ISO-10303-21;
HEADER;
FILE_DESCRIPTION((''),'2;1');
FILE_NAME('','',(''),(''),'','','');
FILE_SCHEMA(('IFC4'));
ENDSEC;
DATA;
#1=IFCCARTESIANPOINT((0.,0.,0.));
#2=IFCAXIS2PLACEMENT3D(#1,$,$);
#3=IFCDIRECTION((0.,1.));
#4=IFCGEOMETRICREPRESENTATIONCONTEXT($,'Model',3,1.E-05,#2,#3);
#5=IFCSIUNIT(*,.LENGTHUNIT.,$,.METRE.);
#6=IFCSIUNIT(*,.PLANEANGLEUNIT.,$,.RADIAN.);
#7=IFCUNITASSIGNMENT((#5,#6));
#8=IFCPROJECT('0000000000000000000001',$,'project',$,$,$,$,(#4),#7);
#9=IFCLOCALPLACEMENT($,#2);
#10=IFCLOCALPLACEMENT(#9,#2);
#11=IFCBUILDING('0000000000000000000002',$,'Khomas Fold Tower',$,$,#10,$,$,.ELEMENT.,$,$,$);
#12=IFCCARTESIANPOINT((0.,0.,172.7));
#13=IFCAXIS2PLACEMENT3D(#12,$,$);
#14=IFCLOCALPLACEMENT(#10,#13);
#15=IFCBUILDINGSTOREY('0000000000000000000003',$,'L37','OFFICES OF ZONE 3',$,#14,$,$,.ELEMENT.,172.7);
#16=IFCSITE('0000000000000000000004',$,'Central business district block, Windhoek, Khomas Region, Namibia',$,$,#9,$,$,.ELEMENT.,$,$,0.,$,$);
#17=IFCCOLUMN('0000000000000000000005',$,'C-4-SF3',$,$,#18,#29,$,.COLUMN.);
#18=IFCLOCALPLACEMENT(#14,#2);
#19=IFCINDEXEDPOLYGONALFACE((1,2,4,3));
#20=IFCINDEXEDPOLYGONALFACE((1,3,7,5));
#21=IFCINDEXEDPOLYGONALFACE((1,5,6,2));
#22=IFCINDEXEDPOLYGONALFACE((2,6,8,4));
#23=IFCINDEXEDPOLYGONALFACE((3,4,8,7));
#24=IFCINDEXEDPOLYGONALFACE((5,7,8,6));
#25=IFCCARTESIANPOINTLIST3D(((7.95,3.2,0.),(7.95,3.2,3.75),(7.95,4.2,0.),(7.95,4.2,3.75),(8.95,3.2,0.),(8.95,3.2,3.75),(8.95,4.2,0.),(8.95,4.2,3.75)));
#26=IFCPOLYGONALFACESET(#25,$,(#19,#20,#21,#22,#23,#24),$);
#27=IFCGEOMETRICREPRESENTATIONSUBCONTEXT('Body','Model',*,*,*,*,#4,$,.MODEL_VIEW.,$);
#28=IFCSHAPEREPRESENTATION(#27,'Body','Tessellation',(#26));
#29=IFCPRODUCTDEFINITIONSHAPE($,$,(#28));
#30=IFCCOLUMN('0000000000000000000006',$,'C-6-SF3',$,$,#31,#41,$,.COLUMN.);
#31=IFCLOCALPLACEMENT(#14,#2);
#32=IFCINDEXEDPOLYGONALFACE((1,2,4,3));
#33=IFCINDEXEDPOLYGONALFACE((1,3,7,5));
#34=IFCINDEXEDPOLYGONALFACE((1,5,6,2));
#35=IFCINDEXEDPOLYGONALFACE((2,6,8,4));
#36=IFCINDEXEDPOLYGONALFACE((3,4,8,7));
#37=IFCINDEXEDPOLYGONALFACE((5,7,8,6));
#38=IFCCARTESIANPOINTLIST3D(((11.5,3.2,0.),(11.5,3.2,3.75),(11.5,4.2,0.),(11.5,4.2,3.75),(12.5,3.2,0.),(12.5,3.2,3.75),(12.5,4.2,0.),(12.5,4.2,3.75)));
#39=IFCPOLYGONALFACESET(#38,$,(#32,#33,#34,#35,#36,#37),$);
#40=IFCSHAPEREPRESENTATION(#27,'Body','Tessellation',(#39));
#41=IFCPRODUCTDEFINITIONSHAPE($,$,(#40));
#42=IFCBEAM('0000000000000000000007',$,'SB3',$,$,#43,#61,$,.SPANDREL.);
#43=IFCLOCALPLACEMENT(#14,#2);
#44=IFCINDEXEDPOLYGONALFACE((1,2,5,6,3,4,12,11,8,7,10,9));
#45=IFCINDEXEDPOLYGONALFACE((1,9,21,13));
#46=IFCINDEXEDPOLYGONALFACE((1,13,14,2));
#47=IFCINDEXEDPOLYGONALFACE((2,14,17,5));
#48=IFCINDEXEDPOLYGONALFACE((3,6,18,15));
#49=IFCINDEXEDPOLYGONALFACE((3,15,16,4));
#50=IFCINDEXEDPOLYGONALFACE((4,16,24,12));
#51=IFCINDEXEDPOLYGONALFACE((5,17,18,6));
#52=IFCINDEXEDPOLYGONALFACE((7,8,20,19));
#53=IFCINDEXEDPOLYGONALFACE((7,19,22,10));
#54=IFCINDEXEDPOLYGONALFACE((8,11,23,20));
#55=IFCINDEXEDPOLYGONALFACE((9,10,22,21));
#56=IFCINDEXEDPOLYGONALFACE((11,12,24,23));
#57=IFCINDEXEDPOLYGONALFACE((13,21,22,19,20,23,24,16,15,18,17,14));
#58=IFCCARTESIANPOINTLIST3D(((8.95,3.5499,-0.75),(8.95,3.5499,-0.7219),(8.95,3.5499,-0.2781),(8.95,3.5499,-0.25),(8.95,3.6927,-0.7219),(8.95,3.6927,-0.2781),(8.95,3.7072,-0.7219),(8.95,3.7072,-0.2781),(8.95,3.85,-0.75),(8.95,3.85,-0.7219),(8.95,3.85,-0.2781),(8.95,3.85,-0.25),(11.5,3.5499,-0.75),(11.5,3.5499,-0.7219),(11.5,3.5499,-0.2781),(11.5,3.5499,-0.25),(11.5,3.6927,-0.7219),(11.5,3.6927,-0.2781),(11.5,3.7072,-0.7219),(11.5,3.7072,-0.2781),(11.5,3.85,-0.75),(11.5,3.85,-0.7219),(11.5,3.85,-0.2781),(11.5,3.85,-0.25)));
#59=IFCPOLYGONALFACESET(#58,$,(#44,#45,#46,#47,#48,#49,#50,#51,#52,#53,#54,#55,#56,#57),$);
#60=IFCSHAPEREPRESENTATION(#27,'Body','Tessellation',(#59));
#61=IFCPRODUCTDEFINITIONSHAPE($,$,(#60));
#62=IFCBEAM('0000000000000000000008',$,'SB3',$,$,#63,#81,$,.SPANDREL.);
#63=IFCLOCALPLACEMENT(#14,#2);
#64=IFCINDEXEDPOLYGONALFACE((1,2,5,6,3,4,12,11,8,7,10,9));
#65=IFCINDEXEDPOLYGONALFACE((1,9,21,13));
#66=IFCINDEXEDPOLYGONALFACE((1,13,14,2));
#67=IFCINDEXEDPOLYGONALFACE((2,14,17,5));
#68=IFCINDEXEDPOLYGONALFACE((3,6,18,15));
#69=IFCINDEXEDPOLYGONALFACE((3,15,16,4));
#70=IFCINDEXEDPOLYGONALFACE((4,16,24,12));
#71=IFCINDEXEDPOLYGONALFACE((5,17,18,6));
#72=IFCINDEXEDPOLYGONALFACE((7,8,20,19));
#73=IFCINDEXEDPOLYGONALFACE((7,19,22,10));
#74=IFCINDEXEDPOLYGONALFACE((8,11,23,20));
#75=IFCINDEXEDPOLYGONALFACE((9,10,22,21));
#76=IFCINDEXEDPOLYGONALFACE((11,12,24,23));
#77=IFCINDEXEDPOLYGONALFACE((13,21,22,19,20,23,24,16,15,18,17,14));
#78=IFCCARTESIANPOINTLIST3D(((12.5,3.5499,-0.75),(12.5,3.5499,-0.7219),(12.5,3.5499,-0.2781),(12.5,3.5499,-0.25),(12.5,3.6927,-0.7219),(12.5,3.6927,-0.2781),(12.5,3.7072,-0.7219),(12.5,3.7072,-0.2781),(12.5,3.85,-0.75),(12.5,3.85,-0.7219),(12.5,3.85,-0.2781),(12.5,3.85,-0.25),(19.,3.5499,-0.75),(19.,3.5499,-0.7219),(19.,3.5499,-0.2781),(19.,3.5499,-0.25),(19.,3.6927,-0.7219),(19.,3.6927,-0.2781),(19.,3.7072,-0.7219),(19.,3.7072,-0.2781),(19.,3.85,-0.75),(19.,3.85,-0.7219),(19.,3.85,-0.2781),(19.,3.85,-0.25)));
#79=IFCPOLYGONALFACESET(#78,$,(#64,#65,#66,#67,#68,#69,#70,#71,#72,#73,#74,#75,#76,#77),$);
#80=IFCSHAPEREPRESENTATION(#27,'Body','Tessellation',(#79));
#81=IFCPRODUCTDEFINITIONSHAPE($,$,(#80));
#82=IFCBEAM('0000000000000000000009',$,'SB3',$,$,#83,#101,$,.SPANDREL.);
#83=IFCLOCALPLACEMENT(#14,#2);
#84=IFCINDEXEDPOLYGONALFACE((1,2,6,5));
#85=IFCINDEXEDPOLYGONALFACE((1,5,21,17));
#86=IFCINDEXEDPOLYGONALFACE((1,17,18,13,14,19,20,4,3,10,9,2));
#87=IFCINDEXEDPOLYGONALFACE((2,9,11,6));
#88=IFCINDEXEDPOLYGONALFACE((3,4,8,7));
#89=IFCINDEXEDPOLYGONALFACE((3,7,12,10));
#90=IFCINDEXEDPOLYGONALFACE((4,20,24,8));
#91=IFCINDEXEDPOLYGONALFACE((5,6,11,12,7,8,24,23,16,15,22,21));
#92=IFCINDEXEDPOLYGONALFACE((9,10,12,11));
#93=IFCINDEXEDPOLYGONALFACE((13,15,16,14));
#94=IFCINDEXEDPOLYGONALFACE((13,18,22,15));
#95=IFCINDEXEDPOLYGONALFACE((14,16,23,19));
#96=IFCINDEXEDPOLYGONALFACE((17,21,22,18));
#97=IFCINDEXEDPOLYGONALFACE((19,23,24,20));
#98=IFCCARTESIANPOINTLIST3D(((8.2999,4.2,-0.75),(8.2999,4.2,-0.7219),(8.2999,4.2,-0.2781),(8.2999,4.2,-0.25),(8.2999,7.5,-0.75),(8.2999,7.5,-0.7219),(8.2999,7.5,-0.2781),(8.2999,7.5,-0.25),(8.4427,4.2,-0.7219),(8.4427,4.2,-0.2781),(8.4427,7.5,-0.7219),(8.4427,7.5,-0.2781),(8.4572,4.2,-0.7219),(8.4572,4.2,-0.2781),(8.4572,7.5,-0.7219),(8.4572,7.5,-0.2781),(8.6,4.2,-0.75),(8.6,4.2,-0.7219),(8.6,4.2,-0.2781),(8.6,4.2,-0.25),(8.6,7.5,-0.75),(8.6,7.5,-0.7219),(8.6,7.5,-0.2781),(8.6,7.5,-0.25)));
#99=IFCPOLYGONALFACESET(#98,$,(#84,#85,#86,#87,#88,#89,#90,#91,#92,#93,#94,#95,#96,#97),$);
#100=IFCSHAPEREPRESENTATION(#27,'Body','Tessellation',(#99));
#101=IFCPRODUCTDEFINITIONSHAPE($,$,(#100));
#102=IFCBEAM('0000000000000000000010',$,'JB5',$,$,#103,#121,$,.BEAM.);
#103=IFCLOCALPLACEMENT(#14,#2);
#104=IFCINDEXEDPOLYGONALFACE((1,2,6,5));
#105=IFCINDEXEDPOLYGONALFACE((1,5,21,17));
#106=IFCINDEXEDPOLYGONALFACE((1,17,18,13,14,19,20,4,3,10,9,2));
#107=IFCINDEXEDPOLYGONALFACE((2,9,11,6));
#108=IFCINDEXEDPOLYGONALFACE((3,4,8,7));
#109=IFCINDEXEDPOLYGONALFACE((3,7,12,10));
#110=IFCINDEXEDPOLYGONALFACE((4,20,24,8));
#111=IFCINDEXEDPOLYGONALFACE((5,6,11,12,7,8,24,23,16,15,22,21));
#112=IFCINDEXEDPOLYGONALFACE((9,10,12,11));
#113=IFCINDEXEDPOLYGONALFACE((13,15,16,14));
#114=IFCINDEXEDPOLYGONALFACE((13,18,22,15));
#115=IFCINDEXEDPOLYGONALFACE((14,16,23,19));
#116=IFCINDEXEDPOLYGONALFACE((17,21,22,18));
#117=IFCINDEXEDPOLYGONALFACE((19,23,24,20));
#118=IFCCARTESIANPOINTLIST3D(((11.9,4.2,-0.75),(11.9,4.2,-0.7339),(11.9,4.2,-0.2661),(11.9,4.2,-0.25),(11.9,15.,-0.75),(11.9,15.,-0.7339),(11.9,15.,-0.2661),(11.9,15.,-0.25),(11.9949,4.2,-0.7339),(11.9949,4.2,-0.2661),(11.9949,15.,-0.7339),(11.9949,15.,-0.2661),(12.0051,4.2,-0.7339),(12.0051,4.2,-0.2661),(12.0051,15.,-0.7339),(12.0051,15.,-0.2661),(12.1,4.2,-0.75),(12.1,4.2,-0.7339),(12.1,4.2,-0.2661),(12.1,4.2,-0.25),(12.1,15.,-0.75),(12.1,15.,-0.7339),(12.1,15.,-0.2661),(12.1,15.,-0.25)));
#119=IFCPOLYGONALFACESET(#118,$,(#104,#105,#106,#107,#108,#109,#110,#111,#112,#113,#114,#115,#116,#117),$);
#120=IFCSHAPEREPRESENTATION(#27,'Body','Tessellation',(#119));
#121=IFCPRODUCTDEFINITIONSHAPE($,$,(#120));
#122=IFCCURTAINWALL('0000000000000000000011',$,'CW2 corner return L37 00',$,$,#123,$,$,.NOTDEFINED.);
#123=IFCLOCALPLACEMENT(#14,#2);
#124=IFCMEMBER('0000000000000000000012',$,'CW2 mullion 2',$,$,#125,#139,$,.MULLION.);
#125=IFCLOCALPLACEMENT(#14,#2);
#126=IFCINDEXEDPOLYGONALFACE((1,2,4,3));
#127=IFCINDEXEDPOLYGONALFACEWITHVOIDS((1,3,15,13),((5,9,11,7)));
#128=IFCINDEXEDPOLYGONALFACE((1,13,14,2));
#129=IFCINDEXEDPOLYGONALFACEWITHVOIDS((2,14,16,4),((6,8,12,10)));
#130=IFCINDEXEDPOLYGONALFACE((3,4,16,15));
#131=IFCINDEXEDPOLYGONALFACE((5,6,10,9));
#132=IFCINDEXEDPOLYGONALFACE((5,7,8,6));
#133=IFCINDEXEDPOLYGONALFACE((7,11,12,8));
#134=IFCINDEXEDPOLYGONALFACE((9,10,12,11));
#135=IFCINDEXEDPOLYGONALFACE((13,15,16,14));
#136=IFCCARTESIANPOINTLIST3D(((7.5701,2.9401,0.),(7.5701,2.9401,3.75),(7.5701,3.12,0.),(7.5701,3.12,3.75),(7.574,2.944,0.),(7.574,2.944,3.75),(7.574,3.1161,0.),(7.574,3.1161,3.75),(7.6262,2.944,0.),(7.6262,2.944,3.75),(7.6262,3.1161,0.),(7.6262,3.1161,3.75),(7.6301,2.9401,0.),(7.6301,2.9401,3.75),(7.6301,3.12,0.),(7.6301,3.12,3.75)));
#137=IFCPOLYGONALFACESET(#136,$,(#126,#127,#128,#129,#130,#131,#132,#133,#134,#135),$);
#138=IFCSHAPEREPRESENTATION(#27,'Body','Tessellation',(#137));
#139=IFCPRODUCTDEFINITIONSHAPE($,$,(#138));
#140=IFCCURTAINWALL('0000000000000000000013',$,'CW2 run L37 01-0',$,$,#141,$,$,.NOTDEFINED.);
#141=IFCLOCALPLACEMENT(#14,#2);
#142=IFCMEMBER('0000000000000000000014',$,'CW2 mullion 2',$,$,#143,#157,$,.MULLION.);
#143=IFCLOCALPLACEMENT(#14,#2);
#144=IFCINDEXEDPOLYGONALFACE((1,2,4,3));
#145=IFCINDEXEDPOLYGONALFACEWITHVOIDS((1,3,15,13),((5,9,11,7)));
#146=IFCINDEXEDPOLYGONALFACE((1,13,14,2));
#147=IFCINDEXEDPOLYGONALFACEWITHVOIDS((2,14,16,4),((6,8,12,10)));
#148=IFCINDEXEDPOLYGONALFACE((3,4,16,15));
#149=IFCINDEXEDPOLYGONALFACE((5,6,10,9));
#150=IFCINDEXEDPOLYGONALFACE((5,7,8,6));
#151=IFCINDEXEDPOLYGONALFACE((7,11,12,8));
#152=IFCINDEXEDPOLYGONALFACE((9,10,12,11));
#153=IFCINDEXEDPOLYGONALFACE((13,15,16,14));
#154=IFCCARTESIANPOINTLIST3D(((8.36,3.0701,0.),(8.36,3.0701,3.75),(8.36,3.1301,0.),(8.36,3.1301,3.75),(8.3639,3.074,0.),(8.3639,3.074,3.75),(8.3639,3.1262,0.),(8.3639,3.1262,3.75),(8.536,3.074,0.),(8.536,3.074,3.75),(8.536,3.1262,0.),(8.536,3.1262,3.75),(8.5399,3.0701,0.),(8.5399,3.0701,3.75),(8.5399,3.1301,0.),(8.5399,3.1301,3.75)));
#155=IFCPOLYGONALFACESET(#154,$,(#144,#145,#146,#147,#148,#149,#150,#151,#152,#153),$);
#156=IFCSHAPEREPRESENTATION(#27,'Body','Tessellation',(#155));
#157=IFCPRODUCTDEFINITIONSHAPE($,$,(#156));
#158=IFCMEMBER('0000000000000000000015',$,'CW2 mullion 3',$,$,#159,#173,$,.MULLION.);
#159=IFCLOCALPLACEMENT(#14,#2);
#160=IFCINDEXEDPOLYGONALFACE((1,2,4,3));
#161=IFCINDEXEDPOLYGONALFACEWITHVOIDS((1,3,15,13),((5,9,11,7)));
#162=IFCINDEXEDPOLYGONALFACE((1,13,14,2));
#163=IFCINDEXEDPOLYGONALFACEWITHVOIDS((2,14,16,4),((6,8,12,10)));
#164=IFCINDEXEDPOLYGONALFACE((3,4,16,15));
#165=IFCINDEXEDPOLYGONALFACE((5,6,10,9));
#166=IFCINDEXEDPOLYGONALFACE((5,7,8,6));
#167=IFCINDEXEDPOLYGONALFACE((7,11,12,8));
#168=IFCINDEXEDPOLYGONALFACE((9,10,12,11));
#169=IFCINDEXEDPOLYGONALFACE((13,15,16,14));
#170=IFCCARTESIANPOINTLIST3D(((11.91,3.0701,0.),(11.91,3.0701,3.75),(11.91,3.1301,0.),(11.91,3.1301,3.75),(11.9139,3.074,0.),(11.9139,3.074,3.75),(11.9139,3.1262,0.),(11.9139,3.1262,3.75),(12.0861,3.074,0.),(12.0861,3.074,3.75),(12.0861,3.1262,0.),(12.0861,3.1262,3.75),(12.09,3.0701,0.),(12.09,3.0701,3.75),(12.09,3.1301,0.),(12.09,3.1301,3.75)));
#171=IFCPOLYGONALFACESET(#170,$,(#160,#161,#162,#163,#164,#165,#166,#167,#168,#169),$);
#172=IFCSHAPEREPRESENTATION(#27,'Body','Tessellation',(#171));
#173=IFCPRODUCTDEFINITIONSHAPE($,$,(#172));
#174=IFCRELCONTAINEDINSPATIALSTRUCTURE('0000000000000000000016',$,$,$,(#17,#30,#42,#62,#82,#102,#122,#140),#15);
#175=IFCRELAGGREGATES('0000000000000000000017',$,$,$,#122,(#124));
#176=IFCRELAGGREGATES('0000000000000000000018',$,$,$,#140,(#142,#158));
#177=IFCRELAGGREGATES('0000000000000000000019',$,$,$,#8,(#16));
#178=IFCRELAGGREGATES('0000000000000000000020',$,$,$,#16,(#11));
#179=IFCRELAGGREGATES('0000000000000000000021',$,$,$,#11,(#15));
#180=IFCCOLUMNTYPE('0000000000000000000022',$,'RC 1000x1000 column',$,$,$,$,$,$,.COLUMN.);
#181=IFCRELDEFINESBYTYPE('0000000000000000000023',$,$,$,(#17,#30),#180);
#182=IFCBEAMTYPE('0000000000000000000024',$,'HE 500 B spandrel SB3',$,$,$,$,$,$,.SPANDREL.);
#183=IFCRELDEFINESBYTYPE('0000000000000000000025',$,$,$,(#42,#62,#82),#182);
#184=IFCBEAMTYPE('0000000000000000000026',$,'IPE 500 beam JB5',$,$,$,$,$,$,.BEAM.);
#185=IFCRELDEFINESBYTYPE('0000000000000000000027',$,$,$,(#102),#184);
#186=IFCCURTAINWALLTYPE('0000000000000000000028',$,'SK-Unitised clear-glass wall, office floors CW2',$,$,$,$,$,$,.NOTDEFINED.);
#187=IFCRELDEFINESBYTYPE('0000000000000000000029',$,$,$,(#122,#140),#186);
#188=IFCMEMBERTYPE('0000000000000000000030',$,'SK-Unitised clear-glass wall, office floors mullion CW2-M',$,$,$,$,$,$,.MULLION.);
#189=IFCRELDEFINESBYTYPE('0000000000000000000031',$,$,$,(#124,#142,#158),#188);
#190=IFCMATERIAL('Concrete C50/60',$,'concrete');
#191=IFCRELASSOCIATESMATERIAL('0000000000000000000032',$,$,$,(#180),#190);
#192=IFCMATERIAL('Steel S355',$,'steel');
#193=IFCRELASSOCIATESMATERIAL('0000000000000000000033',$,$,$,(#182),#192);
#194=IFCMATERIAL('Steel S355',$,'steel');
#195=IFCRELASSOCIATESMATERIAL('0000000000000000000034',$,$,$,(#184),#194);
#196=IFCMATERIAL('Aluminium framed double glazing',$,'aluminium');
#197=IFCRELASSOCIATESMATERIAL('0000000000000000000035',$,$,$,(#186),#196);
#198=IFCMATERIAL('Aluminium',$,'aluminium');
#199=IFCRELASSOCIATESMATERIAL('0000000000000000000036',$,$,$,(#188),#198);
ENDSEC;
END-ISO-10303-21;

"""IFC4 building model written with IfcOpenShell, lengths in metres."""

from ifc_helpers import new_model, si_unit, direction, frame, origin, origin_2d, place, context, subcontext, project, spatial, rectangle, hollow_rectangle, i_section, extrude, source, transform, mapped, material, material_profile, profile_set, type_object, element, aggregate, save


model = new_model("IFC4")

# Units and contexts
model_context = context("Model", 3, precision=1e-05, world=origin(), true_north=direction((0.0, 1.0)))
body_context = subcontext(model_context, "Body", "Model", "MODEL_VIEW")
ifc_project = project(units=[si_unit("LENGTHUNIT", "METRE"), si_unit("PLANEANGLEUNIT", "RADIAN")], contexts=[model_context])

# Site, building, storey
site_placement = place(None, origin())
site = spatial("IfcSite", under=ifc_project, at=site_placement, Name="Central business district block, Windhoek, Khomas Region, Namibia", CompositionType="ELEMENT", RefElevation=0.0)
building_placement = place(site_placement, origin())
building = spatial("IfcBuilding", under=site, at=building_placement, Name="Khomas Fold Tower", CompositionType="ELEMENT")
storey_placement = place(building_placement, frame((0.0, 0.0, 172.7)))
storey = spatial("IfcBuildingStorey", under=building, at=storey_placement, Name="L37", Description="OFFICES OF ZONE 3", CompositionType="ELEMENT", Elevation=172.7)

# Columns
ifc_material_1 = material(Name="Concrete C50/60", Category="concrete")
ifc_material_profile_1 = material_profile(ifc_material_1, rectangle(XDim=1.0, YDim=1.0, at=origin_2d()), Name="RC 1000x1000")
ifc_profile_set_1 = profile_set([ifc_material_profile_1], Name="Concrete C50/60")
column_type = type_object("IfcColumnType", Name="RC 1000x1000 column", PredefinedType="COLUMN", material=ifc_profile_set_1)
shared_shape_1 = source(origin(), body_context, "Body", "SweptSolid", [
    extrude(rectangle(XDim=1.0, YDim=1.0, at=origin_2d()), origin(), (0.0, 0.0, 1.0), 3.75),
])
for number, where, z_axis, x_axis, name in (
    (1, (8.45, 3.7, 0.0), (0.0, 0.0, 1.0), (1.0, 0.0, 0.0), "C-4-SF3"),
    (2, (12.0, 3.7, 0.0), (0.0, 0.0, 1.0), (1.0, 0.0, 0.0), "C-6-SF3"),
):
    element("IfcColumn", number, at=place(storey_placement, frame(where, z_axis=z_axis, x_axis=x_axis)), inside=storey, type_object=column_type, Name=name, PredefinedType="COLUMN", context=body_context, shape_type="MappedRepresentation", body=[
        mapped(shared_shape_1, transform((0.0, 0.0, 0.0))),
    ])

# Beams
ifc_material_2 = material(Name="Steel S355", Category="steel")
ifc_material_profile_2 = material_profile(ifc_material_2, i_section(OverallWidth=0.3, OverallDepth=0.5, WebThickness=0.0144, FlangeThickness=0.0281, at=origin_2d()), Name="HE 500 B")
ifc_profile_set_2 = profile_set([ifc_material_profile_2], Name="Steel S355")
beam_type_1 = type_object("IfcBeamType", Name="HE 500 B spandrel SB3", PredefinedType="SPANDREL", material=ifc_profile_set_2)
shared_shape_2 = source(origin(), body_context, "Body", "SweptSolid", [
    extrude(i_section(OverallWidth=0.3, OverallDepth=0.5, WebThickness=0.0144, FlangeThickness=0.0281, at=origin_2d()), origin(), (0.0, 0.0, 1.0), 2.55),
])
beam_1_placement = place(storey_placement, frame((8.95, 3.7, -0.5), z_axis=(1.0, 0.0, 0.0), x_axis=(0.0, 1.0, 0.0)))
element("IfcBeam", 3, at=beam_1_placement, inside=storey, type_object=beam_type_1, Name="SB3", PredefinedType="SPANDREL", context=body_context, shape_type="MappedRepresentation", body=[
    mapped(shared_shape_2, transform((0.0, 0.0, 0.0))),
])
shared_shape_3 = source(origin(), body_context, "Body", "SweptSolid", [
    extrude(i_section(OverallWidth=0.3, OverallDepth=0.5, WebThickness=0.0144, FlangeThickness=0.0281, at=origin_2d()), origin(), (0.0, 0.0, 1.0), 6.5),
])
beam_2_placement = place(storey_placement, frame((12.5, 3.7, -0.5), z_axis=(1.0, 0.0, 0.0), x_axis=(0.0, 1.0, 0.0)))
element("IfcBeam", 4, at=beam_2_placement, inside=storey, type_object=beam_type_1, Name="SB3", PredefinedType="SPANDREL", context=body_context, shape_type="MappedRepresentation", body=[
    mapped(shared_shape_3, transform((0.0, 0.0, 0.0))),
])
shared_shape_4 = source(origin(), body_context, "Body", "SweptSolid", [
    extrude(i_section(OverallWidth=0.3, OverallDepth=0.5, WebThickness=0.0144, FlangeThickness=0.0281, at=origin_2d()), origin(), (0.0, 0.0, 1.0), 3.3),
])
beam_3_placement = place(storey_placement, frame((8.45, 4.2, -0.5), z_axis=(0.0, 1.0, 0.0), x_axis=(-1.0, 0.0, 0.0)))
element("IfcBeam", 5, at=beam_3_placement, inside=storey, type_object=beam_type_1, Name="SB3", PredefinedType="SPANDREL", context=body_context, shape_type="MappedRepresentation", body=[
    mapped(shared_shape_4, transform((0.0, 0.0, 0.0))),
])
ifc_material_3 = material(Name="Steel S355", Category="steel")
ifc_material_profile_3 = material_profile(ifc_material_3, i_section(OverallWidth=0.2, OverallDepth=0.5, WebThickness=0.0103, FlangeThickness=0.0161, at=origin_2d()), Name="IPE 500")
ifc_profile_set_3 = profile_set([ifc_material_profile_3], Name="Steel S355")
beam_type_2 = type_object("IfcBeamType", Name="IPE 500 beam JB5", PredefinedType="BEAM", material=ifc_profile_set_3)
shared_shape_5 = source(origin(), body_context, "Body", "SweptSolid", [
    extrude(i_section(OverallWidth=0.2, OverallDepth=0.5, WebThickness=0.0103, FlangeThickness=0.0161, at=origin_2d()), origin(), (0.0, 0.0, 1.0), 10.8),
])
beam_4_placement = place(storey_placement, frame((12.0, 4.2, -0.5), z_axis=(0.0, 1.0, 0.0), x_axis=(-1.0, 0.0, 0.0)))
element("IfcBeam", 6, at=beam_4_placement, inside=storey, type_object=beam_type_2, Name="JB5", PredefinedType="BEAM", context=body_context, shape_type="MappedRepresentation", body=[
    mapped(shared_shape_5, transform((0.0, 0.0, 0.0))),
])

# Curtain wall, member
ifc_material_4 = material(Name="Aluminium framed double glazing", Category="aluminium")
curtain_wall_type = type_object("IfcCurtainWallType", Name="SK-Unitised clear-glass wall, office floors CW2", PredefinedType="NOTDEFINED", material=ifc_material_4)
curtain_wall_1_placement = place(storey_placement, origin())
curtain_wall_1 = element("IfcCurtainWall", 7, at=curtain_wall_1_placement, inside=storey, type_object=curtain_wall_type, Name="CW2 corner return L37 00", PredefinedType="NOTDEFINED")
ifc_material_5 = material(Name="Aluminium", Category="aluminium")
ifc_material_profile_4 = material_profile(ifc_material_5, hollow_rectangle(XDim=0.0601, YDim=0.1799, WallThickness=0.0039, at=origin_2d()), Name="SK-Unitised clear-glass wall, office floors mullion CW2-M")
ifc_profile_set_4 = profile_set([ifc_material_profile_4], Name="Aluminium")
member_type_1 = type_object("IfcMemberType", Name="SK-Unitised clear-glass wall, office floors mullion CW2-M", PredefinedType="MULLION", material=ifc_profile_set_4)
shared_shape_6 = source(origin(), body_context, "Body", "SweptSolid", [
    extrude(hollow_rectangle(XDim=0.0601, YDim=0.1799, WallThickness=0.0039, at=origin_2d()), origin(), (0.0, 0.0, 1.0), 3.75),
])
member_1_placement = place(storey_placement, frame((7.6001, 3.03, 0.0), z_axis=(0.0, 0.0, 1.0), x_axis=(1.0, 0.0, 0.0)))
member_1 = element("IfcMember", 8, at=member_1_placement, type_object=member_type_1, Name="CW2 mullion 2", PredefinedType="MULLION", context=body_context, shape_type="MappedRepresentation", body=[
    mapped(shared_shape_6, transform((0.0, 0.0, 0.0))),
])

# Curtain wall, members
curtain_wall_2_placement = place(storey_placement, origin())
curtain_wall_2 = element("IfcCurtainWall", 9, at=curtain_wall_2_placement, inside=storey, type_object=curtain_wall_type, Name="CW2 run L37 01-0", PredefinedType="NOTDEFINED")
member_2_placement = place(storey_placement, frame((8.45, 3.1001, 0.0), z_axis=(0.0, 0.0, 1.0), x_axis=(0.0, 1.0, 0.0)))
member_2 = element("IfcMember", 10, at=member_2_placement, type_object=member_type_1, Name="CW2 mullion 2", PredefinedType="MULLION", context=body_context, shape_type="MappedRepresentation", body=[
    mapped(shared_shape_6, transform((0.0, 0.0, 0.0))),
])
member_3_placement = place(storey_placement, frame((12.0, 3.1001, 0.0), z_axis=(0.0, 0.0, 1.0), x_axis=(0.0, 1.0, 0.0)))
member_3 = element("IfcMember", 11, at=member_3_placement, type_object=member_type_1, Name="CW2 mullion 3", PredefinedType="MULLION", context=body_context, shape_type="MappedRepresentation", body=[
    mapped(shared_shape_6, transform((0.0, 0.0, 0.0))),
])

aggregate(curtain_wall_1, [member_1])
aggregate(curtain_wall_2, [member_2, member_3])

save(model, "model.ifc")
